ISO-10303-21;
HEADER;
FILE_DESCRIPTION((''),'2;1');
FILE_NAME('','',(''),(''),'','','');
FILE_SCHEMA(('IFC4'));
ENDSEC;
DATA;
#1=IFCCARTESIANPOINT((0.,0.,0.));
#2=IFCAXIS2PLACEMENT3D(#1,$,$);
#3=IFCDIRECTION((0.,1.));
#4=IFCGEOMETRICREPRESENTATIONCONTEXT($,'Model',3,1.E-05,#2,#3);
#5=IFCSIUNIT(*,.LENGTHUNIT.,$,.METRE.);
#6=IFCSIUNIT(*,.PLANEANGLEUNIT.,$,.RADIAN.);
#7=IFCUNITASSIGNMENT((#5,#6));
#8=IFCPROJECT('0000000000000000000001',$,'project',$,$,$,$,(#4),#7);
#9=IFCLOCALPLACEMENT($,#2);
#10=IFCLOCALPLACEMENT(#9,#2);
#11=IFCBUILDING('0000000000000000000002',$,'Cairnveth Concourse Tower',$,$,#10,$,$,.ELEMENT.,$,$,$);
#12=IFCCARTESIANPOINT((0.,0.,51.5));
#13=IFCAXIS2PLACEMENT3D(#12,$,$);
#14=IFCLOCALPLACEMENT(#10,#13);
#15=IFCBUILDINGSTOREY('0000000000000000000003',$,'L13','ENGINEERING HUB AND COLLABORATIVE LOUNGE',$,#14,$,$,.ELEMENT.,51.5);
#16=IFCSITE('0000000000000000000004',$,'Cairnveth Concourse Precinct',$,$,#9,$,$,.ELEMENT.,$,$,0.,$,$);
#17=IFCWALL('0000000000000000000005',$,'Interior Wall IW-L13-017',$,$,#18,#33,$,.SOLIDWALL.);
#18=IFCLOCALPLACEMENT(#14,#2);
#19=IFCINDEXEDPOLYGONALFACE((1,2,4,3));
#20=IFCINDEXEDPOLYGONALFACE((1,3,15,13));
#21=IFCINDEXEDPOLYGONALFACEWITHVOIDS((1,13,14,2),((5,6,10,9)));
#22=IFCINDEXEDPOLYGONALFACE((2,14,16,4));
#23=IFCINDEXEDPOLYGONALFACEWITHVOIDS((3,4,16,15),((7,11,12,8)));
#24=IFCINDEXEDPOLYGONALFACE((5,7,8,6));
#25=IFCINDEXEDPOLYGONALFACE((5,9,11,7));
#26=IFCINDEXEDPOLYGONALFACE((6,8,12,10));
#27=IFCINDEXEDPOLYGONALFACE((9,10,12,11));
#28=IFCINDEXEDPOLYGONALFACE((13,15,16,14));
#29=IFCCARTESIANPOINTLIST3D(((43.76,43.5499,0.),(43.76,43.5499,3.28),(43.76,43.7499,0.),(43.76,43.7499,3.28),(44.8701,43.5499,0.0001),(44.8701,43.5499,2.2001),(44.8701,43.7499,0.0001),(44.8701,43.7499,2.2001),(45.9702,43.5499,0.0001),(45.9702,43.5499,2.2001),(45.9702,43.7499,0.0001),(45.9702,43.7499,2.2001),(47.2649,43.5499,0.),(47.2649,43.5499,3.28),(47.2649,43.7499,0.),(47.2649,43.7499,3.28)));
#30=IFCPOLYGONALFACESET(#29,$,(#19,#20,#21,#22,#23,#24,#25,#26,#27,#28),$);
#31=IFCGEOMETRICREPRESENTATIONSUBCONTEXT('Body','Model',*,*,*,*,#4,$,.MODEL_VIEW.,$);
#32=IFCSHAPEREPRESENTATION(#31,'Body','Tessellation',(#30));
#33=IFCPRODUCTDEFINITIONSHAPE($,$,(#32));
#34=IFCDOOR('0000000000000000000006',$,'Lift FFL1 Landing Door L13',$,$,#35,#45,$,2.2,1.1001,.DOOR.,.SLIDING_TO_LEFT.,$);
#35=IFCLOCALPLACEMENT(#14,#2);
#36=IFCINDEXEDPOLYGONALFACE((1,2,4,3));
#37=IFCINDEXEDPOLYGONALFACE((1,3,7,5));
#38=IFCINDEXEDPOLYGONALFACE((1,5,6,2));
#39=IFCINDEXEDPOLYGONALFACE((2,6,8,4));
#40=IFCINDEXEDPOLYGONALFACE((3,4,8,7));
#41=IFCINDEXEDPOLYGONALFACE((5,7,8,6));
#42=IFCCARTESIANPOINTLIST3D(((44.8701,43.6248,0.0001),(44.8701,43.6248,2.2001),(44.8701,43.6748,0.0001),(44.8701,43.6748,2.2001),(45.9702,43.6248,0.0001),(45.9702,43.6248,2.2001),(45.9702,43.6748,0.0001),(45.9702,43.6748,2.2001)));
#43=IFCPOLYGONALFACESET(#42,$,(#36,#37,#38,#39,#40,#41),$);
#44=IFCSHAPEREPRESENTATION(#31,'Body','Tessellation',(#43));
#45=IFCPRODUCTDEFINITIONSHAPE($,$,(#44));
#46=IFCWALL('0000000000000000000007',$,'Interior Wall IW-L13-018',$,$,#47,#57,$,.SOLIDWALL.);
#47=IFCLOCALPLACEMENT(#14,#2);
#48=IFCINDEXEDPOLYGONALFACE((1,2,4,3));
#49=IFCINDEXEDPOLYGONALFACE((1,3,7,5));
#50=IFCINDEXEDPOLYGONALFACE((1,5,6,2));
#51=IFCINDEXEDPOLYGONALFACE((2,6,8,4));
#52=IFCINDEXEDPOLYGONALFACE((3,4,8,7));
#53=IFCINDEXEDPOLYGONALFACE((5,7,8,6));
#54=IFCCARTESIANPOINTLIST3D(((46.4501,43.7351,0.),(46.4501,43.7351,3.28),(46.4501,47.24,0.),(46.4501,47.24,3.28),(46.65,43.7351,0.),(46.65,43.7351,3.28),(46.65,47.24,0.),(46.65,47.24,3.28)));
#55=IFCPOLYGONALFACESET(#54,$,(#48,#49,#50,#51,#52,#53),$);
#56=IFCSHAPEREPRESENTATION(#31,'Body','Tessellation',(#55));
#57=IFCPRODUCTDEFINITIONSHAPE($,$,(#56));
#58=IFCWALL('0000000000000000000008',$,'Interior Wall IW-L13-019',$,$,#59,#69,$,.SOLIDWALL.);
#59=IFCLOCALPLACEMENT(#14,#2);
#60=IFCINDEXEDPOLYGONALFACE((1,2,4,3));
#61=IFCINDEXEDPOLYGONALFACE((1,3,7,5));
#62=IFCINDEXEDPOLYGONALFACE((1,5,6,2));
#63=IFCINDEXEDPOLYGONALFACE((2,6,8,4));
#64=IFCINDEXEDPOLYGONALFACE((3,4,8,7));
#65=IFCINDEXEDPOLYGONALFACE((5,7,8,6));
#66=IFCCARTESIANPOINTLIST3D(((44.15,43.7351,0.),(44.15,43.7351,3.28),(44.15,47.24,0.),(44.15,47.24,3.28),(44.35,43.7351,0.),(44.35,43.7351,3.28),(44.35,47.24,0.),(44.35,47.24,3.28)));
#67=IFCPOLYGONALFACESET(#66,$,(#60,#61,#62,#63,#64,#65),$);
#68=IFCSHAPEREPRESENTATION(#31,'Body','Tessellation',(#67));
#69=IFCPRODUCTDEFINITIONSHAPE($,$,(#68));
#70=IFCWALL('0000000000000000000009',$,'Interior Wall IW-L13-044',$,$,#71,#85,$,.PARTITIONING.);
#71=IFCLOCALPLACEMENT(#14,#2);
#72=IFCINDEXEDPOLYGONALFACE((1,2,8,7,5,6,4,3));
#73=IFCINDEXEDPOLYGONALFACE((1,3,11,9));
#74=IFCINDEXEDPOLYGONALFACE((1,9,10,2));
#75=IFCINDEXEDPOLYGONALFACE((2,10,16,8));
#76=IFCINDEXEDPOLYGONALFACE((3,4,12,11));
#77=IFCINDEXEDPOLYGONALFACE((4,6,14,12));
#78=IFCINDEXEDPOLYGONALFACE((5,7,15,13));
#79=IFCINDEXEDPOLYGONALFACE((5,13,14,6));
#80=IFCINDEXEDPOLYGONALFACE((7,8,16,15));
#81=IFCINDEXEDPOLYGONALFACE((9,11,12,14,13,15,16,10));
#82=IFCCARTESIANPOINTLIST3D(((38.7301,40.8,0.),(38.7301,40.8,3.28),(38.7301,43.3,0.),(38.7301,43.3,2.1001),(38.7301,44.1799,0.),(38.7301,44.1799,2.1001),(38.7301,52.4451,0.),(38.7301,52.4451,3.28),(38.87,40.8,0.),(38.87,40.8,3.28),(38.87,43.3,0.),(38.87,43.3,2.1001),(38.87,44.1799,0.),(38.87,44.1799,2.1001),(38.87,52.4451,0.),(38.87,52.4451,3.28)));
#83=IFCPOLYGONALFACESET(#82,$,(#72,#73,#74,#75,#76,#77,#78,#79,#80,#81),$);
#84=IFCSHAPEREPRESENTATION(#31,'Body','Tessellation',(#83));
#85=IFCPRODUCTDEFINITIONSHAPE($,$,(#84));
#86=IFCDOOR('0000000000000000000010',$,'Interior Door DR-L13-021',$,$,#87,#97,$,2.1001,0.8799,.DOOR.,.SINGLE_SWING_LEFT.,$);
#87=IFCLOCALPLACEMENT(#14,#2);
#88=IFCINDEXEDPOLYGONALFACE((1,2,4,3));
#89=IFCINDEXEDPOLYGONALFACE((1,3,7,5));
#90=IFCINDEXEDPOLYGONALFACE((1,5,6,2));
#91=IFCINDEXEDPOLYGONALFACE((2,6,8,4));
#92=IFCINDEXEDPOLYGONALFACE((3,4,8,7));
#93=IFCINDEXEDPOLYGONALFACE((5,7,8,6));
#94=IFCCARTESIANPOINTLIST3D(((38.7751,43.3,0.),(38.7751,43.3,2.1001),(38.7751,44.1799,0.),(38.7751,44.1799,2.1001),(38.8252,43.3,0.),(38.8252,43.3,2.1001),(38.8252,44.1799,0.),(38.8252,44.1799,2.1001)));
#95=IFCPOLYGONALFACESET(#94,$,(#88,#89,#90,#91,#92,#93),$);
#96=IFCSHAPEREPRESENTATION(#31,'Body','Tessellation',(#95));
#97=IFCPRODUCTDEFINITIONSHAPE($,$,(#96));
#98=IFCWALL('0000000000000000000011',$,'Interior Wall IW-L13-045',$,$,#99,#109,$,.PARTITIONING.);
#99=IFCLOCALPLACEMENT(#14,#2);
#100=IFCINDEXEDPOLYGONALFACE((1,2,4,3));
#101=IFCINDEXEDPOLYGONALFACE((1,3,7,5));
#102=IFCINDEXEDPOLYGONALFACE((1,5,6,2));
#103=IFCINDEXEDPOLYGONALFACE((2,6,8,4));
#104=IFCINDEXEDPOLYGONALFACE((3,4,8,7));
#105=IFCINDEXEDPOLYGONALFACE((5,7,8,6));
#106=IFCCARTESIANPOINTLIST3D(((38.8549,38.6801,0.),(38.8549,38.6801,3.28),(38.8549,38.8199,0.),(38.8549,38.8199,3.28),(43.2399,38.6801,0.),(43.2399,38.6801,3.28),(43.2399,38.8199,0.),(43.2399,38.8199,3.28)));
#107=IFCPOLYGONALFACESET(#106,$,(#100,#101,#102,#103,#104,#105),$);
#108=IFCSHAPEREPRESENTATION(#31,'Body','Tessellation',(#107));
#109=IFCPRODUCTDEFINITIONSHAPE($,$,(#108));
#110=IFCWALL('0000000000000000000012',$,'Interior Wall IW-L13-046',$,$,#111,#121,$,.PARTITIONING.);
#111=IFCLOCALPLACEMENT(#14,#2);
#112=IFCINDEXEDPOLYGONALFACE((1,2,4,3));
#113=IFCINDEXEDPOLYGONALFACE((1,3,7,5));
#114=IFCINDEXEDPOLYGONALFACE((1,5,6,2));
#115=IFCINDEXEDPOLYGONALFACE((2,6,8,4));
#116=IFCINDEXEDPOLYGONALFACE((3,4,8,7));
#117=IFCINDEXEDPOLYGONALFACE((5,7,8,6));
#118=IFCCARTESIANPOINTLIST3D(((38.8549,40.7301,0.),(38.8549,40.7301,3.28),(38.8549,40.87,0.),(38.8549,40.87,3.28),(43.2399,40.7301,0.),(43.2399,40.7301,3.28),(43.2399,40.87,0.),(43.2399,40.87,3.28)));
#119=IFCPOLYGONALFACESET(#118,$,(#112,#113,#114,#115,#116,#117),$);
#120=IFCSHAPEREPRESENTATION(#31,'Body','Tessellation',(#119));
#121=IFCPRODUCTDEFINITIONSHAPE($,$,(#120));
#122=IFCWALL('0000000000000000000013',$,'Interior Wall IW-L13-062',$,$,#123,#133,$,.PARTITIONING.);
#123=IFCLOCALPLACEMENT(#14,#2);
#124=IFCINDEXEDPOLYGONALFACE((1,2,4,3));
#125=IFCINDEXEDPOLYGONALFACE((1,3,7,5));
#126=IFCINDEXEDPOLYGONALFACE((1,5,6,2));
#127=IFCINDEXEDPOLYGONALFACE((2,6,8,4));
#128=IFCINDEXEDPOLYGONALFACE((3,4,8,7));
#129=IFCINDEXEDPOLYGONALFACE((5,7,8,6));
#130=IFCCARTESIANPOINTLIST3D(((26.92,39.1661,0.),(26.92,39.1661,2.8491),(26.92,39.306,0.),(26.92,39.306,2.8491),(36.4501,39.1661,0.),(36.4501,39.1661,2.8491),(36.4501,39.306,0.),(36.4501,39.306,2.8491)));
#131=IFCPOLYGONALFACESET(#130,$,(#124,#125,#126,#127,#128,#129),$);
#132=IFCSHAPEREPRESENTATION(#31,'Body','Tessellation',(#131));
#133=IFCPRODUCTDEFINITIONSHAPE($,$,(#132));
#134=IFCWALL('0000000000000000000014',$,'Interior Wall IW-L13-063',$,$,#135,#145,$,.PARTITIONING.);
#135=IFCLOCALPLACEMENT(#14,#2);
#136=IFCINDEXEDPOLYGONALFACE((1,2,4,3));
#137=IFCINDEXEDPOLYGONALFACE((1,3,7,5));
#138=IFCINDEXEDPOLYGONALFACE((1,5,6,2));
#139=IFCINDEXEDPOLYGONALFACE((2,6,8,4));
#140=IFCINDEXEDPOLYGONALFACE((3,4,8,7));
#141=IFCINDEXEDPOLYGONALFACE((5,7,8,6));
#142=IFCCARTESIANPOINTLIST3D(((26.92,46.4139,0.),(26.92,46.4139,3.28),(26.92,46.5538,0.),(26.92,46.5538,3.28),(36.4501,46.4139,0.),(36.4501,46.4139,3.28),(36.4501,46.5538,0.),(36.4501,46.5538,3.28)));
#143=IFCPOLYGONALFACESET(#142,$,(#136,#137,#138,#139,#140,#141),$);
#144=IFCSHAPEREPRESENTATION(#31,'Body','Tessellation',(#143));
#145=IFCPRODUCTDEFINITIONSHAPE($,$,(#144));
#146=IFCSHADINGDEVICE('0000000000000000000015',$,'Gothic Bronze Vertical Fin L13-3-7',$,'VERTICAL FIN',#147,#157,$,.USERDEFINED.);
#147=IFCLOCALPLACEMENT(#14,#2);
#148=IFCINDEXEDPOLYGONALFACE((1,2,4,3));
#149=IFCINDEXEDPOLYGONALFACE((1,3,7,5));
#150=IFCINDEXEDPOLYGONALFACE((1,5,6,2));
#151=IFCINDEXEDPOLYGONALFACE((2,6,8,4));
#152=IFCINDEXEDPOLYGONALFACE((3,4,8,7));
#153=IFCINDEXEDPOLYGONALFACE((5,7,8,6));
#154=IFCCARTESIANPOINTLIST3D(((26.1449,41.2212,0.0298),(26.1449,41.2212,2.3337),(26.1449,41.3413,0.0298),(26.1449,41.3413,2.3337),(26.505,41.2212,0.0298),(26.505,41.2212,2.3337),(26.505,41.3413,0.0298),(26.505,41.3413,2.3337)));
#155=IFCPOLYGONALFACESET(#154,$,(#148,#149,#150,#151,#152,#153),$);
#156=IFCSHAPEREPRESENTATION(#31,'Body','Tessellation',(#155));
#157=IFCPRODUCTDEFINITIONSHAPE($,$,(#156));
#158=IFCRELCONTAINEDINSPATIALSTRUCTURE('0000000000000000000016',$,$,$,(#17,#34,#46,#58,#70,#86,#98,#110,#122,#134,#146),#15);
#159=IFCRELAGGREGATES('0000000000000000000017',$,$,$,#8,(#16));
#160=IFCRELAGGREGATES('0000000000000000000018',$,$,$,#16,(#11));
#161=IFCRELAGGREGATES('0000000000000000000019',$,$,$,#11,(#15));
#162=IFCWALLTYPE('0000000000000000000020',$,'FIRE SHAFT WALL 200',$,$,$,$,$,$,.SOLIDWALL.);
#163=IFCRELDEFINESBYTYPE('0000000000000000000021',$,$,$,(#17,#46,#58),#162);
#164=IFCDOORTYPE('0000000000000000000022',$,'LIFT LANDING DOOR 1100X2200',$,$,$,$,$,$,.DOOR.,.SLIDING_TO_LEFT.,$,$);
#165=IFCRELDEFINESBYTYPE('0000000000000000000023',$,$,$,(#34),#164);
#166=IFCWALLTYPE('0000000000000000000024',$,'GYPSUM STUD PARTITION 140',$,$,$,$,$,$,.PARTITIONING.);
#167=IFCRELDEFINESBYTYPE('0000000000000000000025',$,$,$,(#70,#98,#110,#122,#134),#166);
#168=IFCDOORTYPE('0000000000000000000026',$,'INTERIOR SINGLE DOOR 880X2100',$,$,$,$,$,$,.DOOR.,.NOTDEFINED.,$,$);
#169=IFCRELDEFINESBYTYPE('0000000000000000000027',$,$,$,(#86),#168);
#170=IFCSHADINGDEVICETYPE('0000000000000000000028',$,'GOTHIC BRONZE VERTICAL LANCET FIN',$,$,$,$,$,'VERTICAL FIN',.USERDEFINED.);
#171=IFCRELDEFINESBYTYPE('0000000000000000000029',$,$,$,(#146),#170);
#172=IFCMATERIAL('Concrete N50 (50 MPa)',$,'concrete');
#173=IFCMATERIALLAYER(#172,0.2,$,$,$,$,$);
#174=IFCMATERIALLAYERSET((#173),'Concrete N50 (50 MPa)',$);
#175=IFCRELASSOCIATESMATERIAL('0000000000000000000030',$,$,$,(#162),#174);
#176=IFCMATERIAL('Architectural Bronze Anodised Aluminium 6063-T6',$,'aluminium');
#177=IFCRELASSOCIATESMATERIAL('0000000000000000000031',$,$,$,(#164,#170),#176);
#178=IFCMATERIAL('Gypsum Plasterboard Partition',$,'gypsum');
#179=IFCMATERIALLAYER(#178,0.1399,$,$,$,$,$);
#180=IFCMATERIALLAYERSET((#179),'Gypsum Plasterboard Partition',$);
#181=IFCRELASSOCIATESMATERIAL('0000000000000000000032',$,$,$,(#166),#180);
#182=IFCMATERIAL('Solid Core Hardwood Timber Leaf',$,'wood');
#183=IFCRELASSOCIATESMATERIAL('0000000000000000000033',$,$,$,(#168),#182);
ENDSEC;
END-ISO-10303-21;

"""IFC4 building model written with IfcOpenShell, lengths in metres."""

from ifc_helpers import new_model, si_unit, direction, frame, frame_2d, origin, origin_2d, place, context, subcontext, project, spatial, rectangle, extrude, material, layer, layer_set, type_object, element, fill, save


model = new_model("IFC4")

# Units and contexts
model_context = context("Model", 3, precision=1e-05, world=origin(), true_north=direction((0.0, 1.0)))
body_context = subcontext(model_context, "Body", "Model", "MODEL_VIEW")
ifc_project = project(units=[si_unit("LENGTHUNIT", "METRE"), si_unit("PLANEANGLEUNIT", "RADIAN")], contexts=[model_context])

# Site, building, storey
site_placement = place(None, origin())
site = spatial("IfcSite", under=ifc_project, at=site_placement, Name="Cairnveth Concourse Precinct", CompositionType="ELEMENT", RefElevation=0.0)
building_placement = place(site_placement, origin())
building = spatial("IfcBuilding", under=site, at=building_placement, Name="Cairnveth Concourse Tower", CompositionType="ELEMENT")
storey_placement = place(building_placement, frame((0.0, 0.0, 51.5)))
storey = spatial("IfcBuildingStorey", under=building, at=storey_placement, Name="L13", Description="ENGINEERING HUB AND COLLABORATIVE LOUNGE", CompositionType="ELEMENT", Elevation=51.5)

# Shared definitions
ifc_material_1 = material(Name="Concrete N50 (50 MPa)", Category="concrete")

# Shared definitions
ifc_layer_1 = layer(ifc_material_1, 0.2)
ifc_layer_set_1 = layer_set([ifc_layer_1], Name="Concrete N50 (50 MPa)")
wall_type_1 = type_object("IfcWallType", Name="FIRE SHAFT WALL 200", PredefinedType="SOLIDWALL", material=ifc_layer_set_1)

# Wall, opening, door
wall_1_placement = place(storey_placement, frame((43.76, 43.6499, 0.0), z_axis=(0.0, 0.0, 1.0), x_axis=(1.0, 0.0, 0.0)))
wall_1 = element("IfcWall", 1, at=wall_1_placement, inside=storey, type_object=wall_type_1, Name="Interior Wall IW-L13-017", PredefinedType="SOLIDWALL", context=body_context, shape_type="SweptSolid", body=[
    extrude(rectangle(XDim=3.5049, YDim=0.2, at=frame_2d((1.7524, 0.0))), origin(), (0.0, 0.0, 1.0), 3.28),
])
opening_1_placement = place(wall_1_placement, frame((1.1101, 0.0, 0.0)))
opening_1 = element("IfcOpeningElement", 2, at=opening_1_placement, cuts=wall_1, PredefinedType="OPENING", context=body_context, shape_type="SweptSolid", body=[
    extrude(rectangle(XDim=1.1001, YDim=2.2, at=frame_2d((0.55, 1.1001))), frame((0.0, 0.1099, 0.0), z_axis=(0.0, -1.0, 0.0), x_axis=(1.0, 0.0, 0.0)), (0.0, 0.0, 1.0), 0.22),
])
ifc_material_2 = material(Name="Architectural Bronze Anodised Aluminium 6063-T6", Category="aluminium")
door_type_1 = type_object("IfcDoorType", Name="LIFT LANDING DOOR 1100X2200", OperationType="SLIDING_TO_LEFT", PredefinedType="DOOR", material=ifc_material_2)
door_1_placement = place(opening_1_placement, origin())
door_1 = element("IfcDoor", 3, at=door_1_placement, inside=storey, type_object=door_type_1, Name="Lift FFL1 Landing Door L13", OperationType="SLIDING_TO_LEFT", OverallHeight=2.2, OverallWidth=1.1001, PredefinedType="DOOR", context=body_context, shape_type="SweptSolid", body=[
    extrude(rectangle(XDim=1.1001, YDim=2.2, at=frame_2d((0.55, 1.1001))), frame((0.0, 0.0249, 0.0), z_axis=(0.0, -1.0, 0.0), x_axis=(1.0, 0.0, 0.0)), (0.0, 0.0, 1.0), 0.05),
])
fill(opening_1, door_1)

# Walls
for number, where, z_axis, x_axis, name in (
    (4, (46.55, 43.7351, 0.0), (0.0, 0.0, 1.0), (0.0, 1.0, 0.0), "Interior Wall IW-L13-018"),
    (5, (44.25, 43.7351, 0.0), (0.0, 0.0, 1.0), (0.0, 1.0, 0.0), "Interior Wall IW-L13-019"),
):
    element("IfcWall", number, at=place(storey_placement, frame(where, z_axis=z_axis, x_axis=x_axis)), inside=storey, type_object=wall_type_1, Name=name, PredefinedType="SOLIDWALL", context=body_context, shape_type="SweptSolid", body=[
        extrude(rectangle(XDim=3.5049, YDim=0.2, at=frame_2d((1.7524, 0.0))), origin(), (0.0, 0.0, 1.0), 3.28),
    ])

# Wall, opening, door
ifc_material_3 = material(Name="Gypsum Plasterboard Partition", Category="gypsum")
ifc_layer_2 = layer(ifc_material_3, 0.1399)
ifc_layer_set_2 = layer_set([ifc_layer_2], Name="Gypsum Plasterboard Partition")
wall_type_2 = type_object("IfcWallType", Name="GYPSUM STUD PARTITION 140", PredefinedType="PARTITIONING", material=ifc_layer_set_2)
wall_2_placement = place(storey_placement, frame((38.8, 40.8, 0.0), z_axis=(0.0, 0.0, 1.0), x_axis=(0.0, 1.0, 0.0)))
wall_2 = element("IfcWall", 6, at=wall_2_placement, inside=storey, type_object=wall_type_2, Name="Interior Wall IW-L13-044", PredefinedType="PARTITIONING", context=body_context, shape_type="SweptSolid", body=[
    extrude(rectangle(XDim=11.645, YDim=0.1399, at=frame_2d((5.8225, 0.0))), origin(), (0.0, 0.0, 1.0), 3.28),
])
opening_2_placement = place(wall_2_placement, frame((2.5, 0.0, 0.0)))
opening_2 = element("IfcOpeningElement", 7, at=opening_2_placement, cuts=wall_2, PredefinedType="OPENING", context=body_context, shape_type="SweptSolid", body=[
    extrude(rectangle(XDim=0.8799, YDim=2.1001, at=frame_2d((0.4399, 1.05))), frame((0.0, 0.0798, 0.0), z_axis=(0.0, -1.0, 0.0), x_axis=(1.0, 0.0, 0.0)), (0.0, 0.0, 1.0), 0.1599),
])
ifc_material_4 = material(Name="Solid Core Hardwood Timber Leaf", Category="wood")
door_type_2 = type_object("IfcDoorType", Name="INTERIOR SINGLE DOOR 880X2100", OperationType="NOTDEFINED", PredefinedType="DOOR", material=ifc_material_4)
door_2_placement = place(opening_2_placement, origin())
door_2 = element("IfcDoor", 8, at=door_2_placement, inside=storey, type_object=door_type_2, Name="Interior Door DR-L13-021", OperationType="SINGLE_SWING_LEFT", OverallHeight=2.1001, OverallWidth=0.8799, PredefinedType="DOOR", context=body_context, shape_type="SweptSolid", body=[
    extrude(rectangle(XDim=0.8799, YDim=2.1001, at=frame_2d((0.4399, 1.05))), frame((0.0, 0.0249, 0.0), z_axis=(0.0, -1.0, 0.0), x_axis=(1.0, 0.0, 0.0)), (0.0, 0.0, 1.0), 0.05),
])
fill(opening_2, door_2)

# Walls
for number, where, z_axis, x_axis, name in (
    (9, (38.855, 38.75, 0.0), (0.0, 0.0, 1.0), (1.0, 0.0, 0.0), "Interior Wall IW-L13-045"),
    (10, (38.855, 40.8, 0.0), (0.0, 0.0, 1.0), (1.0, 0.0, 0.0), "Interior Wall IW-L13-046"),
):
    element("IfcWall", number, at=place(storey_placement, frame(where, z_axis=z_axis, x_axis=x_axis)), inside=storey, type_object=wall_type_2, Name=name, PredefinedType="PARTITIONING", context=body_context, shape_type="SweptSolid", body=[
        extrude(rectangle(XDim=4.385, YDim=0.1399, at=frame_2d((2.1924, 0.0))), origin(), (0.0, 0.0, 1.0), 3.28),
    ])
wall_3_placement = place(storey_placement, frame((26.9199, 39.2361, 0.0), z_axis=(0.0, 0.0, 1.0), x_axis=(1.0, 0.0, 0.0)))
element("IfcWall", 11, at=wall_3_placement, inside=storey, type_object=wall_type_2, Name="Interior Wall IW-L13-062", PredefinedType="PARTITIONING", context=body_context, shape_type="SweptSolid", body=[
    extrude(rectangle(XDim=9.53, YDim=0.1399, at=frame_2d((4.7651, 0.0))), origin(), (0.0, 0.0, 1.0), 2.8491),
])
wall_4_placement = place(storey_placement, frame((26.9199, 46.4839, 0.0), z_axis=(0.0, 0.0, 1.0), x_axis=(1.0, 0.0, 0.0)))
element("IfcWall", 12, at=wall_4_placement, inside=storey, type_object=wall_type_2, Name="Interior Wall IW-L13-063", PredefinedType="PARTITIONING", context=body_context, shape_type="SweptSolid", body=[
    extrude(rectangle(XDim=9.53, YDim=0.1399, at=frame_2d((4.7651, 0.0))), origin(), (0.0, 0.0, 1.0), 3.28),
])

# Shading device
shading_device_type = type_object("IfcShadingDeviceType", Name="GOTHIC BRONZE VERTICAL LANCET FIN", ElementType="VERTICAL FIN", PredefinedType="USERDEFINED", material=ifc_material_2)
shading_device_placement = place(storey_placement, frame((26.325, 41.2812, 0.0298), z_axis=(0.0, 0.0, 1.0), x_axis=(0.0, 1.0, 0.0)))
element("IfcShadingDevice", 13, at=shading_device_placement, inside=storey, type_object=shading_device_type, Name="Gothic Bronze Vertical Fin L13-3-7", ObjectType="VERTICAL FIN", PredefinedType="USERDEFINED", context=body_context, shape_type="SweptSolid", body=[
    extrude(rectangle(XDim=0.1201, YDim=0.3601, at=origin_2d()), origin(), (0.0, 0.0, 1.0), 2.304),
])

save(model, "model.ifc")
